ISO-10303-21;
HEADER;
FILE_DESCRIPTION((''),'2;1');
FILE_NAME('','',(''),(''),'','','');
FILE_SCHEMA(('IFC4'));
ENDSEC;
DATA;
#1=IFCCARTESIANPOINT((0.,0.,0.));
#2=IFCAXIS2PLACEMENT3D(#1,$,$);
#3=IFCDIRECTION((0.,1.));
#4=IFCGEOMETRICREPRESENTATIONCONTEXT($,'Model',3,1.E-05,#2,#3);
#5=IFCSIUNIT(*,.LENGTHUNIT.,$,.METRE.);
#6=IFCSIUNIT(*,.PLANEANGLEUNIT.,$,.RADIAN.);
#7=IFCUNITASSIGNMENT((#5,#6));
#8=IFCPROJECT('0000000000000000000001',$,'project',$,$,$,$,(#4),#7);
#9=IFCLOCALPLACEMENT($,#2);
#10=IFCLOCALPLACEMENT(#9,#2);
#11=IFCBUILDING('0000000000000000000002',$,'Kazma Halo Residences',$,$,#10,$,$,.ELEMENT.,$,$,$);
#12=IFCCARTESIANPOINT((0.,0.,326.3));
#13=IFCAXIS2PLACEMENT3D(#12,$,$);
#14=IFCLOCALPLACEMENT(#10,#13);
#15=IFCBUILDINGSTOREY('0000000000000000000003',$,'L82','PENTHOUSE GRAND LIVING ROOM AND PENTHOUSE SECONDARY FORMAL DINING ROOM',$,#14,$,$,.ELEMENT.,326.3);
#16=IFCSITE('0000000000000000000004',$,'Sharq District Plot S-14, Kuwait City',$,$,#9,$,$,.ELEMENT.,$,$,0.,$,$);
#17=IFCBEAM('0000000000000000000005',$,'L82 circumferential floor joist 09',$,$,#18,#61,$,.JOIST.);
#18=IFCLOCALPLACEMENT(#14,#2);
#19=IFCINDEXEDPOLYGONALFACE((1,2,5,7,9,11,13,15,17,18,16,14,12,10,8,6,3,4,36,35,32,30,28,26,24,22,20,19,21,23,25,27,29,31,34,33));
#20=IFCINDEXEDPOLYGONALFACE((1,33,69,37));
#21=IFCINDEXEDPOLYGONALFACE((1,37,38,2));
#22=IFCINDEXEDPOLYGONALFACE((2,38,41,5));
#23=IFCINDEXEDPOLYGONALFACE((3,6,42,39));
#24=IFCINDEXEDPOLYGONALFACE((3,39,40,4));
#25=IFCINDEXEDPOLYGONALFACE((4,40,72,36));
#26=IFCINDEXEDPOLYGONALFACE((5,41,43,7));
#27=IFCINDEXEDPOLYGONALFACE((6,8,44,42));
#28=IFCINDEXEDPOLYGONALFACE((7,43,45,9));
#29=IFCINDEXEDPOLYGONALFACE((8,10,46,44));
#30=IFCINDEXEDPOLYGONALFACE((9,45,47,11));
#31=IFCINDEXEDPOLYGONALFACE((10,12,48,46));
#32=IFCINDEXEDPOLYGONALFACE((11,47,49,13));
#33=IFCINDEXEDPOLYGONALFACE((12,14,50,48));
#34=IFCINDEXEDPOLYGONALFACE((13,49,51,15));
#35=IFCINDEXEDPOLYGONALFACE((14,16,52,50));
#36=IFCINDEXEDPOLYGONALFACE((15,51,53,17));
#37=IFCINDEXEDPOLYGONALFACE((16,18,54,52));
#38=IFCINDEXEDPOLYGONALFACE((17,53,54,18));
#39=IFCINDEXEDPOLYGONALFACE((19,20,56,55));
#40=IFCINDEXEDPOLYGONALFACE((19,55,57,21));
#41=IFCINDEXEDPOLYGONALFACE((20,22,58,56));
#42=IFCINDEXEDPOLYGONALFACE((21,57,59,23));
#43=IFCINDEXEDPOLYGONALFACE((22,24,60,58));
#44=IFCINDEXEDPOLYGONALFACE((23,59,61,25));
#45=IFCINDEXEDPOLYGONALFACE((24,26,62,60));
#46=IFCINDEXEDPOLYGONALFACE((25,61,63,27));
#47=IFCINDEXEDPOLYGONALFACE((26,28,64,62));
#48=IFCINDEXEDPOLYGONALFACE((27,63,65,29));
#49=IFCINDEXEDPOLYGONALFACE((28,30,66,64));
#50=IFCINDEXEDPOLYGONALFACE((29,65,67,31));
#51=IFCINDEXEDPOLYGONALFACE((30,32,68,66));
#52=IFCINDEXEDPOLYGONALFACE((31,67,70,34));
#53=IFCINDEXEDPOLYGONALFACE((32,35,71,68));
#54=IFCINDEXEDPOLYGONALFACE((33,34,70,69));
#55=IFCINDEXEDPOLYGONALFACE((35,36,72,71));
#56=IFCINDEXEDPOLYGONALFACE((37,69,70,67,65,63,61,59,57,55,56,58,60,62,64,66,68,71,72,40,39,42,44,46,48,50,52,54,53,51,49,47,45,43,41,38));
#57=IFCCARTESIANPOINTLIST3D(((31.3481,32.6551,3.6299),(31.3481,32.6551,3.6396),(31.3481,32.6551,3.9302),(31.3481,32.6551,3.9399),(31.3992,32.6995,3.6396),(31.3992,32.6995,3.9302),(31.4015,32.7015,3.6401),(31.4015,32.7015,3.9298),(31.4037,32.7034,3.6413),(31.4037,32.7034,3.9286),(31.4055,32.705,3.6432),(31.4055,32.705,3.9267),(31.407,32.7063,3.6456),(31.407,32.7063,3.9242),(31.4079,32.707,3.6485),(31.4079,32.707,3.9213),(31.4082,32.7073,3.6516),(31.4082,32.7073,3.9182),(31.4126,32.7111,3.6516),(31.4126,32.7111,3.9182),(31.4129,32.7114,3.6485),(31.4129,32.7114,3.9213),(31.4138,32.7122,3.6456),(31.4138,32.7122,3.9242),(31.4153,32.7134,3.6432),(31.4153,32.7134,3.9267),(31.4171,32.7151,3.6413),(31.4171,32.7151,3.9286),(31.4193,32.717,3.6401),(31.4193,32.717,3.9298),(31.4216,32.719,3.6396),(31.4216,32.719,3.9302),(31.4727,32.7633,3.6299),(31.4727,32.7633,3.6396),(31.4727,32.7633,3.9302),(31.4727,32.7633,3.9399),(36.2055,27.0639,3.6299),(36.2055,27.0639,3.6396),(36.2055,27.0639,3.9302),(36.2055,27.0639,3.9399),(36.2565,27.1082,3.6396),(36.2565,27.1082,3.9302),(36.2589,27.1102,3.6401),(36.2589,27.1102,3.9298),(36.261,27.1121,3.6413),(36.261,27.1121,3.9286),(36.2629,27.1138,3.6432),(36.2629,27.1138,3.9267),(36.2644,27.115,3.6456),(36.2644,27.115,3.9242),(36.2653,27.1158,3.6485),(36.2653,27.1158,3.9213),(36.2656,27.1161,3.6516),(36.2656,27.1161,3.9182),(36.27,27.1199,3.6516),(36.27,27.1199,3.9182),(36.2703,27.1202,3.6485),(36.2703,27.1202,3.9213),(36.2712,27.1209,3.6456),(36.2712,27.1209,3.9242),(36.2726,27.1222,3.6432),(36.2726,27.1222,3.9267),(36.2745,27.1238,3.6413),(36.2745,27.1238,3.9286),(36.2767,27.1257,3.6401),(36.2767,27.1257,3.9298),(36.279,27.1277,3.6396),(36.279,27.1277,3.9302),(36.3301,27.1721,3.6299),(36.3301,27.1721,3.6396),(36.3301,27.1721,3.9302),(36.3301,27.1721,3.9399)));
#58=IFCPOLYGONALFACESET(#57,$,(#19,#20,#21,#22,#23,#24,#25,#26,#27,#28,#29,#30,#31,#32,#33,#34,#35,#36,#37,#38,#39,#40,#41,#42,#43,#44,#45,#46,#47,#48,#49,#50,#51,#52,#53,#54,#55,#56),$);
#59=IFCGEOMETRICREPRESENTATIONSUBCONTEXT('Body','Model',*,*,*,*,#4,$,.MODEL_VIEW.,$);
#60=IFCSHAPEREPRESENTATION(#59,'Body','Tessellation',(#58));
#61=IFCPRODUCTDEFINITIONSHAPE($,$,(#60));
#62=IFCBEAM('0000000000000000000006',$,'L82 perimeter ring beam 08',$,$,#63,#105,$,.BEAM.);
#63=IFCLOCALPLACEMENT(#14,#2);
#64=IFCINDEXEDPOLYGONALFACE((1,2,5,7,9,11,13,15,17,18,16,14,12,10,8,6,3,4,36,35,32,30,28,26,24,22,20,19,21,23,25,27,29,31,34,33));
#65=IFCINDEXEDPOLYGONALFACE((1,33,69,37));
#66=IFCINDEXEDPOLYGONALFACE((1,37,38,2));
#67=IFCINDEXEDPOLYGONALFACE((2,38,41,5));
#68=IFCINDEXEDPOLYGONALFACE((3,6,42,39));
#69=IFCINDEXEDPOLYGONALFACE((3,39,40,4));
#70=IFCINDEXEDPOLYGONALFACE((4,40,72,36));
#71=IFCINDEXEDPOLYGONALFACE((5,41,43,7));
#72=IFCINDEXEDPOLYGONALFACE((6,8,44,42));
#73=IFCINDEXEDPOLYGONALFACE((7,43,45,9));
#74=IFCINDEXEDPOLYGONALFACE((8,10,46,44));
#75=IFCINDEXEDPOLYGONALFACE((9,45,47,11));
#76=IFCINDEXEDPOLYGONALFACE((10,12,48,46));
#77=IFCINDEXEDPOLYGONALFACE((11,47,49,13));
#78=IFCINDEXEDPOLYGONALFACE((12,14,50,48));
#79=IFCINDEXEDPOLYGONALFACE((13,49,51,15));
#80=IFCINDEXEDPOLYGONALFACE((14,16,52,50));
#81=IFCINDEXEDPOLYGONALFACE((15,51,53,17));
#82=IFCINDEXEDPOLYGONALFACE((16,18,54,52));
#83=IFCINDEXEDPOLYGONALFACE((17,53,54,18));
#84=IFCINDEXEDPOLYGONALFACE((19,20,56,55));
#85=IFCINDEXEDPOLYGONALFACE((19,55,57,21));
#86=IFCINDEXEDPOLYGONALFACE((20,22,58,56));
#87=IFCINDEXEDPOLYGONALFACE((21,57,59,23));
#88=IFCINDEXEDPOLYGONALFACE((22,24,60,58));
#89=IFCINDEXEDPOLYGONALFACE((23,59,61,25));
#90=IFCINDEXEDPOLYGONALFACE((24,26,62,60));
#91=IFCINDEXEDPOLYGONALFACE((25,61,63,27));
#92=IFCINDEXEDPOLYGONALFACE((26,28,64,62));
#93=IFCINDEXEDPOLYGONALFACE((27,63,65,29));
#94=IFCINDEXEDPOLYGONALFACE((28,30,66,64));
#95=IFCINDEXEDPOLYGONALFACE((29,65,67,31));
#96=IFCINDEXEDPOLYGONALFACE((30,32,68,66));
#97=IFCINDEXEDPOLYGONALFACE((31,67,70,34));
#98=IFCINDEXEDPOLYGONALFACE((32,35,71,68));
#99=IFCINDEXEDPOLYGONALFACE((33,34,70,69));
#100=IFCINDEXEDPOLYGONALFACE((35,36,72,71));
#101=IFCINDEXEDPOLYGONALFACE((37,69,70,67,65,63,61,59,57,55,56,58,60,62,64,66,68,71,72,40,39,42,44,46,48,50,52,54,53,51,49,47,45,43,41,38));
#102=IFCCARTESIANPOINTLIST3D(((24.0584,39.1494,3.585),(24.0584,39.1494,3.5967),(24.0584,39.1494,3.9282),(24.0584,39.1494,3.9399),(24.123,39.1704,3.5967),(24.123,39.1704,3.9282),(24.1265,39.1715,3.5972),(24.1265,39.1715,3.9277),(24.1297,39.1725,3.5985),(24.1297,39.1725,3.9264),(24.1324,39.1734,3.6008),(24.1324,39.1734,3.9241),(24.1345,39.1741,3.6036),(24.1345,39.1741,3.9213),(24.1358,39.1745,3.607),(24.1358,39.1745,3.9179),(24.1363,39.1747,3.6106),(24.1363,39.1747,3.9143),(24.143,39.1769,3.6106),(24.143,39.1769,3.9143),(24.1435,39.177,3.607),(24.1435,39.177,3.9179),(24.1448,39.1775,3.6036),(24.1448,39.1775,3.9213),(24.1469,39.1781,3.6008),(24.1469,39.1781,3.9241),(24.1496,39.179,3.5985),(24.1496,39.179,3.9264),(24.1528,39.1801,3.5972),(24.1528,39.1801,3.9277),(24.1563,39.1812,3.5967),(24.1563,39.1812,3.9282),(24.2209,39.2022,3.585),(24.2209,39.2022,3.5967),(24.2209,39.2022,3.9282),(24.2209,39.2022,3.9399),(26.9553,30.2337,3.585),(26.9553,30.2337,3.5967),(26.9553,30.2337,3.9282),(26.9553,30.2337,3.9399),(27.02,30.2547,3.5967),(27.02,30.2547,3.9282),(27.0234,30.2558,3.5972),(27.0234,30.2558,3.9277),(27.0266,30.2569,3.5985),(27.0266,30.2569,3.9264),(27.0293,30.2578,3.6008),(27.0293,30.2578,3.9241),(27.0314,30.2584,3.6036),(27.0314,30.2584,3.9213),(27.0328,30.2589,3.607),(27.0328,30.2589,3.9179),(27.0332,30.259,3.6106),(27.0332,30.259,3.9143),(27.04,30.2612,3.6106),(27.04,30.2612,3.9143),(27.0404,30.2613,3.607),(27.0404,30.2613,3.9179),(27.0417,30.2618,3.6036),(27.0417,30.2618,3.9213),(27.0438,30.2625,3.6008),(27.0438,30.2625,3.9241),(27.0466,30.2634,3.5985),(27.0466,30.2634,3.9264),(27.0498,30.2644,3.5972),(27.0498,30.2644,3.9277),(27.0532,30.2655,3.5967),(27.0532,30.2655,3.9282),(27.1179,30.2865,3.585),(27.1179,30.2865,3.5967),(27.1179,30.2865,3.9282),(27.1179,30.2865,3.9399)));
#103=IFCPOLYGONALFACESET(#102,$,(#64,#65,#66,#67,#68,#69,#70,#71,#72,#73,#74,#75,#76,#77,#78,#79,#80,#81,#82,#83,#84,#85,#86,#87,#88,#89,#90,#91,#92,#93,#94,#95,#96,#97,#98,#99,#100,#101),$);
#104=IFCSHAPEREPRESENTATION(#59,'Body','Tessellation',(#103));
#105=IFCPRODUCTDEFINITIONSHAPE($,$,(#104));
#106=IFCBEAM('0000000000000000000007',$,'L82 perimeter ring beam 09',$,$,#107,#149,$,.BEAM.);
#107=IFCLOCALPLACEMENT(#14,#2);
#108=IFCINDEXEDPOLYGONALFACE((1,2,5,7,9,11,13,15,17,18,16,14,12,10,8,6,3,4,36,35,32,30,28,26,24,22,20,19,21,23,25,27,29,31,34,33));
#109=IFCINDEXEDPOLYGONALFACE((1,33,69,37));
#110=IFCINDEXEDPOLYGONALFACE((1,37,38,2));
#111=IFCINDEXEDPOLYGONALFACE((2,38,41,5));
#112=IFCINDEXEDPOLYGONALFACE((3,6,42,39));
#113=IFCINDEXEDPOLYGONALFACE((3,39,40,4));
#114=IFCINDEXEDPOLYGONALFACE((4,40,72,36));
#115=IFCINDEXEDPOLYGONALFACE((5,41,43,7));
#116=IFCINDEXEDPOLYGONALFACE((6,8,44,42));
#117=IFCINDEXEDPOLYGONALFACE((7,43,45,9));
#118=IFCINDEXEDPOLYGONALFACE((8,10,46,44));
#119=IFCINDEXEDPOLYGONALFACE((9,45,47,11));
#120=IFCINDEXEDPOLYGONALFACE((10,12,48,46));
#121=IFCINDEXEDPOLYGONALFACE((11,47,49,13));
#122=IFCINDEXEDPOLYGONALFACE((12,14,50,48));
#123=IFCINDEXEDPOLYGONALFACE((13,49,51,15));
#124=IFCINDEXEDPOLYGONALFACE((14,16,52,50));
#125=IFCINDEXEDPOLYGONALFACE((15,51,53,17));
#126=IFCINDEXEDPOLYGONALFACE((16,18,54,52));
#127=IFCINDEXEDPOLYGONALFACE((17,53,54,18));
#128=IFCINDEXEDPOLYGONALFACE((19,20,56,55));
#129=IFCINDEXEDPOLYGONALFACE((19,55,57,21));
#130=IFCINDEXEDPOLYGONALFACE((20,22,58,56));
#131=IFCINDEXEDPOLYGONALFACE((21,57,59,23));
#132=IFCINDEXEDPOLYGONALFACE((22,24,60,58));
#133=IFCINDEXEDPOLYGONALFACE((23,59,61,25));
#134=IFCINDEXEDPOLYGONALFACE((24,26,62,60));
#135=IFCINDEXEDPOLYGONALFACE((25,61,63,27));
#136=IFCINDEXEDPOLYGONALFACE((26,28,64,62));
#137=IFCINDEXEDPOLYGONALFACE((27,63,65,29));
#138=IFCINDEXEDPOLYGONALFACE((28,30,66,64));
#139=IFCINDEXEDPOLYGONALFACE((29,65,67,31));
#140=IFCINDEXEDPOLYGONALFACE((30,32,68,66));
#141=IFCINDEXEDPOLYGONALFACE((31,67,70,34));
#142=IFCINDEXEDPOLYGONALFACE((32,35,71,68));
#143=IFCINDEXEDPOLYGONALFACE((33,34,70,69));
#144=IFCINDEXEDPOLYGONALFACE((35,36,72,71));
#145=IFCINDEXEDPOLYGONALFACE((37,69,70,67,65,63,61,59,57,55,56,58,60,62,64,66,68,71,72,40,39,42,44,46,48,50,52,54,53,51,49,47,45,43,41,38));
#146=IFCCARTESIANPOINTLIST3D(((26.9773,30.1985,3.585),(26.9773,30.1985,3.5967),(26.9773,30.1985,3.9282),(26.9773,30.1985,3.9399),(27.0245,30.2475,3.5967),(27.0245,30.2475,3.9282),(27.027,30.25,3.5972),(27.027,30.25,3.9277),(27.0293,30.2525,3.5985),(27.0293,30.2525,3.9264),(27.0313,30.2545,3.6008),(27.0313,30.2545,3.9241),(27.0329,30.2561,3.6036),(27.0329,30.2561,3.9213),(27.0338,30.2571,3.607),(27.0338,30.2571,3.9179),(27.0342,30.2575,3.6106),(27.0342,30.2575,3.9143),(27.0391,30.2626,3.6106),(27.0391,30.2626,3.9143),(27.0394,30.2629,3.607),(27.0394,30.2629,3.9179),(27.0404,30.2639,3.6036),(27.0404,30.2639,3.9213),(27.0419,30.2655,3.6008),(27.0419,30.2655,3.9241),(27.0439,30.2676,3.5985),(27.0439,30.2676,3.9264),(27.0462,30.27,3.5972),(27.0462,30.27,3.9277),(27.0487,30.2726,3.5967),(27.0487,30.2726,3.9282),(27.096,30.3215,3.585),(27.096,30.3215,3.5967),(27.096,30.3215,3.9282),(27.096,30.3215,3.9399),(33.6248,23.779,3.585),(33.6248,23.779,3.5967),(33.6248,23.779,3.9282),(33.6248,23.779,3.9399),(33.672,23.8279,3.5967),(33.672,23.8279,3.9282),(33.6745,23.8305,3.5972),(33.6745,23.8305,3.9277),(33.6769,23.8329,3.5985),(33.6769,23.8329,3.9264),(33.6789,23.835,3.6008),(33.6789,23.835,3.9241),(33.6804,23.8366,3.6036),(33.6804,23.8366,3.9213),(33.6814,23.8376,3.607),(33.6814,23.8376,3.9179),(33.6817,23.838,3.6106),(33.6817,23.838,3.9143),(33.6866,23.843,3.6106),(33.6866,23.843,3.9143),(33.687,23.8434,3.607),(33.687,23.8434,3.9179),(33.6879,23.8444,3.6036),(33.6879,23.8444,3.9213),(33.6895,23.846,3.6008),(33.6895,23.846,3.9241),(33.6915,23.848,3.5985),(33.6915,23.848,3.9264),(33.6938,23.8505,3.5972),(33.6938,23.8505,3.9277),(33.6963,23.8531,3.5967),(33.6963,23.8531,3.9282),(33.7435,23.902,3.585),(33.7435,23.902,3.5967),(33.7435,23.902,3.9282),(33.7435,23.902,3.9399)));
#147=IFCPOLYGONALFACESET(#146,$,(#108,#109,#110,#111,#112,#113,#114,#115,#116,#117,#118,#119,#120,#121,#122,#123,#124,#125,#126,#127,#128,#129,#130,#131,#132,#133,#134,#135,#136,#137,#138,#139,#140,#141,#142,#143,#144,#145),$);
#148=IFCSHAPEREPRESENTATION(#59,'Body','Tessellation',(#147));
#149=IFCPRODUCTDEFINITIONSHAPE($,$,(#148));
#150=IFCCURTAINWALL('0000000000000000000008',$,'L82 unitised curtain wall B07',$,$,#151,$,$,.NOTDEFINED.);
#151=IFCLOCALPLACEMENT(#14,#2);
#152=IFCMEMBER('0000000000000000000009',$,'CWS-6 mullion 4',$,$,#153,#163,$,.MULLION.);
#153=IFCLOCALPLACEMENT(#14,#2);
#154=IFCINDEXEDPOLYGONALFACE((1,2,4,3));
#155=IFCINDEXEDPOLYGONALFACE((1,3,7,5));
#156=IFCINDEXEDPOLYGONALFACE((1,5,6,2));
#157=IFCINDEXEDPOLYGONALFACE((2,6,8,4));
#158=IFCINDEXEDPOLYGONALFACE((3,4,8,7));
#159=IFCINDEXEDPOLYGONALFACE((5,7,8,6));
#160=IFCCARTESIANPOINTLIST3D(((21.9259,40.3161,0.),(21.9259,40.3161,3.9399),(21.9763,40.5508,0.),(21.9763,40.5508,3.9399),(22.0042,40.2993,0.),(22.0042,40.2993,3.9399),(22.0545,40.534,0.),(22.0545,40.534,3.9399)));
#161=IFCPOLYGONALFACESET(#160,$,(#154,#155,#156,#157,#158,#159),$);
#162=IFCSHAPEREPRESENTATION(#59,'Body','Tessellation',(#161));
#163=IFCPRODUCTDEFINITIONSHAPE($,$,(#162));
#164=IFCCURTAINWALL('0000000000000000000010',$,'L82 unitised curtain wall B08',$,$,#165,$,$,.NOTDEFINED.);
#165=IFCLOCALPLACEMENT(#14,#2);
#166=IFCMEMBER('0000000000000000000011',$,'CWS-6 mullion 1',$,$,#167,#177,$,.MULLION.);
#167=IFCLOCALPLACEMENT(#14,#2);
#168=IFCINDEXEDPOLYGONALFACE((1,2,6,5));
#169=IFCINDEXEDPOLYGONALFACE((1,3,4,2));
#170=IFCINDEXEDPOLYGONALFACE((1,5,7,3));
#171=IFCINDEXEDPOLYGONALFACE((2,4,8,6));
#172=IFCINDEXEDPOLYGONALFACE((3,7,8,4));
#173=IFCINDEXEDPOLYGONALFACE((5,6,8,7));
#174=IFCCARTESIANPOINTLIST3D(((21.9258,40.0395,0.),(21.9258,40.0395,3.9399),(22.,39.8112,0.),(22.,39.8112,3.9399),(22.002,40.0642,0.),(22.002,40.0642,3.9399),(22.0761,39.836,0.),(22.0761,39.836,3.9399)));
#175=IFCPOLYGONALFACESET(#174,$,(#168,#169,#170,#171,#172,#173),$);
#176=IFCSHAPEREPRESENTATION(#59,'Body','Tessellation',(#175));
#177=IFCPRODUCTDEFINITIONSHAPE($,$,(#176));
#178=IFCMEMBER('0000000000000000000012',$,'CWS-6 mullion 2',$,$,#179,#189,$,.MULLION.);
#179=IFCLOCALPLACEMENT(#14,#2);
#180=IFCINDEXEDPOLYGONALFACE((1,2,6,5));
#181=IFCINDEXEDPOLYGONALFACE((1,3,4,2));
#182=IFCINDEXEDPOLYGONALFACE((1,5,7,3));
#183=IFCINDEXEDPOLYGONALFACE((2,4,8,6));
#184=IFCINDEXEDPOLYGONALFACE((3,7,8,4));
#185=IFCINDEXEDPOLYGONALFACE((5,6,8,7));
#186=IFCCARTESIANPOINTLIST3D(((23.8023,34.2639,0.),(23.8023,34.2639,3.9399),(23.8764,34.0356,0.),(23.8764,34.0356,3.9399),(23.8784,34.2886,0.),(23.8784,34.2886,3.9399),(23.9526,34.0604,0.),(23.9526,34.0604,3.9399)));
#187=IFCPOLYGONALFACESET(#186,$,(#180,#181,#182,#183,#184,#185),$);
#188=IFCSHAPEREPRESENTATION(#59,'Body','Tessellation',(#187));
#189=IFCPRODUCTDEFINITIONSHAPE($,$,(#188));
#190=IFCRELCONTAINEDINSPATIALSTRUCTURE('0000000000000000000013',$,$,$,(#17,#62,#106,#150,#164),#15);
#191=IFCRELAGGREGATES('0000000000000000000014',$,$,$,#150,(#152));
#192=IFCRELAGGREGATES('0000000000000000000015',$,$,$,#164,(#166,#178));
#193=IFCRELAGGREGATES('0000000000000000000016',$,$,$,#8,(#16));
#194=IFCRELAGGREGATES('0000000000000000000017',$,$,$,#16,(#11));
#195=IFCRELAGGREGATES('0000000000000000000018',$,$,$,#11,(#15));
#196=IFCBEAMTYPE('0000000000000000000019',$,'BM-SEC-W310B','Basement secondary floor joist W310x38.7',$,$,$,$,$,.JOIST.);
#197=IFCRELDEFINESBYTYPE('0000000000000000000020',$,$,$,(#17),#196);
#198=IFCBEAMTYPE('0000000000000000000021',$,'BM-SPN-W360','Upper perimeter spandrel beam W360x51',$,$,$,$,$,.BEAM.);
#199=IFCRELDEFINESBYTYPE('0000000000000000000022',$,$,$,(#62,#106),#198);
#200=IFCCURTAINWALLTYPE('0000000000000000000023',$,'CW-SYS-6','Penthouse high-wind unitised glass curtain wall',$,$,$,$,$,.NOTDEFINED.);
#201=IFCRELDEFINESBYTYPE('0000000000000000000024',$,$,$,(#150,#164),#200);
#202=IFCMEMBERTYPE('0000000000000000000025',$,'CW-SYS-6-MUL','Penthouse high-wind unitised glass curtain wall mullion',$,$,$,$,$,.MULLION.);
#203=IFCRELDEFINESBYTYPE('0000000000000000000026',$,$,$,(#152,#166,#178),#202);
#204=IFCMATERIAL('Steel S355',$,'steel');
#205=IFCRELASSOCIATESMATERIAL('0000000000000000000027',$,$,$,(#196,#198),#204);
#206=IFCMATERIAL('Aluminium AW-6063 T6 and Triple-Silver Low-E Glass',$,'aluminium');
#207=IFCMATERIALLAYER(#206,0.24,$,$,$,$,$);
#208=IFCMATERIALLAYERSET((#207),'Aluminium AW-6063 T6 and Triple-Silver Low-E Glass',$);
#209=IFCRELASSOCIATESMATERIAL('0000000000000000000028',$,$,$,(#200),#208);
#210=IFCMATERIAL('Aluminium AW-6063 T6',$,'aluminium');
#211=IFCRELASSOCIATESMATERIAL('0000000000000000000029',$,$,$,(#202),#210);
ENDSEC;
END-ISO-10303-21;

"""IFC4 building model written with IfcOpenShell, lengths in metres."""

from ifc_helpers import new_model, si_unit, direction, frame, origin, origin_2d, place, context, subcontext, project, spatial, rectangle, i_section, extrude, material, layer, layer_set, material_profile, profile_set, type_object, element, aggregate, save


model = new_model("IFC4")

# Units and contexts
model_context = context("Model", 3, precision=1e-05, world=origin(), true_north=direction((0.0, 1.0)))
body_context = subcontext(model_context, "Body", "Model", "MODEL_VIEW")
ifc_project = project(units=[si_unit("LENGTHUNIT", "METRE"), si_unit("PLANEANGLEUNIT", "RADIAN")], contexts=[model_context])

# Site, building, storey
site_placement = place(None, origin())
site = spatial("IfcSite", under=ifc_project, at=site_placement, Name="Sharq District Plot S-14, Kuwait City", CompositionType="ELEMENT", RefElevation=0.0)
building_placement = place(site_placement, origin())
building = spatial("IfcBuilding", under=site, at=building_placement, Name="Kazma Halo Residences", CompositionType="ELEMENT")
storey_placement = place(building_placement, frame((0.0, 0.0, 326.3)))
storey = spatial("IfcBuildingStorey", under=building, at=storey_placement, Name="L82", Description="PENTHOUSE GRAND LIVING ROOM AND PENTHOUSE SECONDARY FORMAL DINING ROOM", CompositionType="ELEMENT", Elevation=326.3)

# Beams
ifc_material_1 = material(Name="Steel S355", Category="steel")
ifc_material_profile_1 = material_profile(ifc_material_1, i_section(OverallWidth=0.165, OverallDepth=0.3101, WebThickness=0.0059, FlangeThickness=0.0098, FilletRadius=0.012, at=origin_2d()), Name="W310x38.7")
ifc_profile_set_1 = profile_set([ifc_material_profile_1], Name="Steel S355")
beam_type_1 = type_object("IfcBeamType", Name="BM-SEC-W310B", Description="Basement secondary floor joist W310x38.7", PredefinedType="JOIST", material=ifc_profile_set_1)
beam_1_placement = place(storey_placement, frame((31.4104, 32.7092, 3.7849), z_axis=(0.655826, -0.754912, 0.0), x_axis=(0.754912, 0.655826, 0.0)))
element("IfcBeam", 1, at=beam_1_placement, inside=storey, type_object=beam_type_1, Name="L82 circumferential floor joist 09", PredefinedType="JOIST", context=body_context, shape_type="SweptSolid", body=[
    extrude(i_section(OverallWidth=0.165, OverallDepth=0.3101, WebThickness=0.0059, FlangeThickness=0.0098, FilletRadius=0.012, at=origin_2d()), origin(), (0.0, 0.0, 1.0), 7.4065),
])
ifc_material_profile_2 = material_profile(ifc_material_1, i_section(OverallWidth=0.1709, OverallDepth=0.355, WebThickness=0.0071, FlangeThickness=0.0117, FilletRadius=0.0139, at=origin_2d()), Name="W360x51")
ifc_profile_set_2 = profile_set([ifc_material_profile_2], Name="Steel S355")
beam_type_2 = type_object("IfcBeamType", Name="BM-SPN-W360", Description="Upper perimeter spandrel beam W360x51", PredefinedType="BEAM", material=ifc_profile_set_2)
beam_2_placement = place(storey_placement, frame((24.1396, 39.1758, 3.7625), z_axis=(0.309023, -0.951055, 0.0), x_axis=(0.951055, 0.309023, 0.0)))
element("IfcBeam", 2, at=beam_2_placement, inside=storey, type_object=beam_type_2, Name="L82 perimeter ring beam 08", PredefinedType="BEAM", context=body_context, shape_type="SweptSolid", body=[
    extrude(i_section(OverallWidth=0.1709, OverallDepth=0.355, WebThickness=0.0071, FlangeThickness=0.0117, FilletRadius=0.0139, at=origin_2d()), origin(), (0.0, 0.0, 1.0), 9.3745),
])
beam_3_placement = place(storey_placement, frame((27.0366, 30.26, 3.7625), z_axis=(0.719337, -0.694661, 0.0), x_axis=(0.694661, 0.719337, 0.0)))
element("IfcBeam", 3, at=beam_3_placement, inside=storey, type_object=beam_type_2, Name="L82 perimeter ring beam 09", PredefinedType="BEAM", context=body_context, shape_type="SweptSolid", body=[
    extrude(i_section(OverallWidth=0.1709, OverallDepth=0.355, WebThickness=0.0071, FlangeThickness=0.0117, FilletRadius=0.0139, at=origin_2d()), origin(), (0.0, 0.0, 1.0), 9.2412),
])

# Curtain wall, member
ifc_material_2 = material(Name="Aluminium AW-6063 T6 and Triple-Silver Low-E Glass", Category="aluminium")
ifc_layer_1 = layer(ifc_material_2, 0.24)
ifc_layer_set_1 = layer_set([ifc_layer_1], Name="Aluminium AW-6063 T6 and Triple-Silver Low-E Glass")
curtain_wall_type = type_object("IfcCurtainWallType", Name="CW-SYS-6", Description="Penthouse high-wind unitised glass curtain wall", PredefinedType="NOTDEFINED", material=ifc_layer_set_1)
curtain_wall_1_placement = place(storey_placement, origin())
curtain_wall_1 = element("IfcCurtainWall", 4, at=curtain_wall_1_placement, inside=storey, type_object=curtain_wall_type, Name="L82 unitised curtain wall B07", PredefinedType="NOTDEFINED")
ifc_material_3 = material(Name="Aluminium AW-6063 T6", Category="aluminium")
ifc_material_profile_3 = material_profile(ifc_material_3, rectangle(XDim=0.0801, YDim=0.24, at=origin_2d()), Name="CWM-80x240")
ifc_profile_set_3 = profile_set([ifc_material_profile_3], Name="Aluminium AW-6063 T6")
member_type_1 = type_object("IfcMemberType", Name="CW-SYS-6-MUL", Description="Penthouse high-wind unitised glass curtain wall mullion", PredefinedType="MULLION", material=ifc_profile_set_3)
member_1_placement = place(storey_placement, frame((21.9902, 40.425, 0.0), z_axis=(0.0, 0.0, 1.0), x_axis=(0.977761, -0.209723, 0.0)))
member_1 = element("IfcMember", 5, at=member_1_placement, type_object=member_type_1, Name="CWS-6 mullion 4", PredefinedType="MULLION", context=body_context, shape_type="SweptSolid", body=[
    extrude(rectangle(XDim=0.0801, YDim=0.24, at=origin_2d()), origin(), (0.0, 0.0, 1.0), 3.9399),
])
aggregate(curtain_wall_1, [member_1])

# Curtain wall, members
curtain_wall_2_placement = place(storey_placement, origin())
curtain_wall_2 = element("IfcCurtainWall", 6, at=curtain_wall_2_placement, inside=storey, type_object=curtain_wall_type, Name="L82 unitised curtain wall B08", PredefinedType="NOTDEFINED")
member_2_placement = place(storey_placement, frame((22.001, 39.9377, 0.0), z_axis=(0.0, 0.0, 1.0), x_axis=(0.951056, 0.309019, 0.0)))
member_2 = element("IfcMember", 7, at=member_2_placement, type_object=member_type_1, Name="CWS-6 mullion 1", PredefinedType="MULLION", context=body_context, shape_type="SweptSolid", body=[
    extrude(rectangle(XDim=0.0801, YDim=0.24, at=origin_2d()), origin(), (0.0, 0.0, 1.0), 3.9399),
])
member_3_placement = place(storey_placement, frame((23.8774, 34.1621, 0.0), z_axis=(0.0, 0.0, 1.0), x_axis=(0.951056, 0.309019, 0.0)))
member_3 = element("IfcMember", 8, at=member_3_placement, type_object=member_type_1, Name="CWS-6 mullion 2", PredefinedType="MULLION", context=body_context, shape_type="SweptSolid", body=[
    extrude(rectangle(XDim=0.0801, YDim=0.24, at=origin_2d()), origin(), (0.0, 0.0, 1.0), 3.9399),
])
aggregate(curtain_wall_2, [member_2, member_3])

save(model, "model.ifc")
